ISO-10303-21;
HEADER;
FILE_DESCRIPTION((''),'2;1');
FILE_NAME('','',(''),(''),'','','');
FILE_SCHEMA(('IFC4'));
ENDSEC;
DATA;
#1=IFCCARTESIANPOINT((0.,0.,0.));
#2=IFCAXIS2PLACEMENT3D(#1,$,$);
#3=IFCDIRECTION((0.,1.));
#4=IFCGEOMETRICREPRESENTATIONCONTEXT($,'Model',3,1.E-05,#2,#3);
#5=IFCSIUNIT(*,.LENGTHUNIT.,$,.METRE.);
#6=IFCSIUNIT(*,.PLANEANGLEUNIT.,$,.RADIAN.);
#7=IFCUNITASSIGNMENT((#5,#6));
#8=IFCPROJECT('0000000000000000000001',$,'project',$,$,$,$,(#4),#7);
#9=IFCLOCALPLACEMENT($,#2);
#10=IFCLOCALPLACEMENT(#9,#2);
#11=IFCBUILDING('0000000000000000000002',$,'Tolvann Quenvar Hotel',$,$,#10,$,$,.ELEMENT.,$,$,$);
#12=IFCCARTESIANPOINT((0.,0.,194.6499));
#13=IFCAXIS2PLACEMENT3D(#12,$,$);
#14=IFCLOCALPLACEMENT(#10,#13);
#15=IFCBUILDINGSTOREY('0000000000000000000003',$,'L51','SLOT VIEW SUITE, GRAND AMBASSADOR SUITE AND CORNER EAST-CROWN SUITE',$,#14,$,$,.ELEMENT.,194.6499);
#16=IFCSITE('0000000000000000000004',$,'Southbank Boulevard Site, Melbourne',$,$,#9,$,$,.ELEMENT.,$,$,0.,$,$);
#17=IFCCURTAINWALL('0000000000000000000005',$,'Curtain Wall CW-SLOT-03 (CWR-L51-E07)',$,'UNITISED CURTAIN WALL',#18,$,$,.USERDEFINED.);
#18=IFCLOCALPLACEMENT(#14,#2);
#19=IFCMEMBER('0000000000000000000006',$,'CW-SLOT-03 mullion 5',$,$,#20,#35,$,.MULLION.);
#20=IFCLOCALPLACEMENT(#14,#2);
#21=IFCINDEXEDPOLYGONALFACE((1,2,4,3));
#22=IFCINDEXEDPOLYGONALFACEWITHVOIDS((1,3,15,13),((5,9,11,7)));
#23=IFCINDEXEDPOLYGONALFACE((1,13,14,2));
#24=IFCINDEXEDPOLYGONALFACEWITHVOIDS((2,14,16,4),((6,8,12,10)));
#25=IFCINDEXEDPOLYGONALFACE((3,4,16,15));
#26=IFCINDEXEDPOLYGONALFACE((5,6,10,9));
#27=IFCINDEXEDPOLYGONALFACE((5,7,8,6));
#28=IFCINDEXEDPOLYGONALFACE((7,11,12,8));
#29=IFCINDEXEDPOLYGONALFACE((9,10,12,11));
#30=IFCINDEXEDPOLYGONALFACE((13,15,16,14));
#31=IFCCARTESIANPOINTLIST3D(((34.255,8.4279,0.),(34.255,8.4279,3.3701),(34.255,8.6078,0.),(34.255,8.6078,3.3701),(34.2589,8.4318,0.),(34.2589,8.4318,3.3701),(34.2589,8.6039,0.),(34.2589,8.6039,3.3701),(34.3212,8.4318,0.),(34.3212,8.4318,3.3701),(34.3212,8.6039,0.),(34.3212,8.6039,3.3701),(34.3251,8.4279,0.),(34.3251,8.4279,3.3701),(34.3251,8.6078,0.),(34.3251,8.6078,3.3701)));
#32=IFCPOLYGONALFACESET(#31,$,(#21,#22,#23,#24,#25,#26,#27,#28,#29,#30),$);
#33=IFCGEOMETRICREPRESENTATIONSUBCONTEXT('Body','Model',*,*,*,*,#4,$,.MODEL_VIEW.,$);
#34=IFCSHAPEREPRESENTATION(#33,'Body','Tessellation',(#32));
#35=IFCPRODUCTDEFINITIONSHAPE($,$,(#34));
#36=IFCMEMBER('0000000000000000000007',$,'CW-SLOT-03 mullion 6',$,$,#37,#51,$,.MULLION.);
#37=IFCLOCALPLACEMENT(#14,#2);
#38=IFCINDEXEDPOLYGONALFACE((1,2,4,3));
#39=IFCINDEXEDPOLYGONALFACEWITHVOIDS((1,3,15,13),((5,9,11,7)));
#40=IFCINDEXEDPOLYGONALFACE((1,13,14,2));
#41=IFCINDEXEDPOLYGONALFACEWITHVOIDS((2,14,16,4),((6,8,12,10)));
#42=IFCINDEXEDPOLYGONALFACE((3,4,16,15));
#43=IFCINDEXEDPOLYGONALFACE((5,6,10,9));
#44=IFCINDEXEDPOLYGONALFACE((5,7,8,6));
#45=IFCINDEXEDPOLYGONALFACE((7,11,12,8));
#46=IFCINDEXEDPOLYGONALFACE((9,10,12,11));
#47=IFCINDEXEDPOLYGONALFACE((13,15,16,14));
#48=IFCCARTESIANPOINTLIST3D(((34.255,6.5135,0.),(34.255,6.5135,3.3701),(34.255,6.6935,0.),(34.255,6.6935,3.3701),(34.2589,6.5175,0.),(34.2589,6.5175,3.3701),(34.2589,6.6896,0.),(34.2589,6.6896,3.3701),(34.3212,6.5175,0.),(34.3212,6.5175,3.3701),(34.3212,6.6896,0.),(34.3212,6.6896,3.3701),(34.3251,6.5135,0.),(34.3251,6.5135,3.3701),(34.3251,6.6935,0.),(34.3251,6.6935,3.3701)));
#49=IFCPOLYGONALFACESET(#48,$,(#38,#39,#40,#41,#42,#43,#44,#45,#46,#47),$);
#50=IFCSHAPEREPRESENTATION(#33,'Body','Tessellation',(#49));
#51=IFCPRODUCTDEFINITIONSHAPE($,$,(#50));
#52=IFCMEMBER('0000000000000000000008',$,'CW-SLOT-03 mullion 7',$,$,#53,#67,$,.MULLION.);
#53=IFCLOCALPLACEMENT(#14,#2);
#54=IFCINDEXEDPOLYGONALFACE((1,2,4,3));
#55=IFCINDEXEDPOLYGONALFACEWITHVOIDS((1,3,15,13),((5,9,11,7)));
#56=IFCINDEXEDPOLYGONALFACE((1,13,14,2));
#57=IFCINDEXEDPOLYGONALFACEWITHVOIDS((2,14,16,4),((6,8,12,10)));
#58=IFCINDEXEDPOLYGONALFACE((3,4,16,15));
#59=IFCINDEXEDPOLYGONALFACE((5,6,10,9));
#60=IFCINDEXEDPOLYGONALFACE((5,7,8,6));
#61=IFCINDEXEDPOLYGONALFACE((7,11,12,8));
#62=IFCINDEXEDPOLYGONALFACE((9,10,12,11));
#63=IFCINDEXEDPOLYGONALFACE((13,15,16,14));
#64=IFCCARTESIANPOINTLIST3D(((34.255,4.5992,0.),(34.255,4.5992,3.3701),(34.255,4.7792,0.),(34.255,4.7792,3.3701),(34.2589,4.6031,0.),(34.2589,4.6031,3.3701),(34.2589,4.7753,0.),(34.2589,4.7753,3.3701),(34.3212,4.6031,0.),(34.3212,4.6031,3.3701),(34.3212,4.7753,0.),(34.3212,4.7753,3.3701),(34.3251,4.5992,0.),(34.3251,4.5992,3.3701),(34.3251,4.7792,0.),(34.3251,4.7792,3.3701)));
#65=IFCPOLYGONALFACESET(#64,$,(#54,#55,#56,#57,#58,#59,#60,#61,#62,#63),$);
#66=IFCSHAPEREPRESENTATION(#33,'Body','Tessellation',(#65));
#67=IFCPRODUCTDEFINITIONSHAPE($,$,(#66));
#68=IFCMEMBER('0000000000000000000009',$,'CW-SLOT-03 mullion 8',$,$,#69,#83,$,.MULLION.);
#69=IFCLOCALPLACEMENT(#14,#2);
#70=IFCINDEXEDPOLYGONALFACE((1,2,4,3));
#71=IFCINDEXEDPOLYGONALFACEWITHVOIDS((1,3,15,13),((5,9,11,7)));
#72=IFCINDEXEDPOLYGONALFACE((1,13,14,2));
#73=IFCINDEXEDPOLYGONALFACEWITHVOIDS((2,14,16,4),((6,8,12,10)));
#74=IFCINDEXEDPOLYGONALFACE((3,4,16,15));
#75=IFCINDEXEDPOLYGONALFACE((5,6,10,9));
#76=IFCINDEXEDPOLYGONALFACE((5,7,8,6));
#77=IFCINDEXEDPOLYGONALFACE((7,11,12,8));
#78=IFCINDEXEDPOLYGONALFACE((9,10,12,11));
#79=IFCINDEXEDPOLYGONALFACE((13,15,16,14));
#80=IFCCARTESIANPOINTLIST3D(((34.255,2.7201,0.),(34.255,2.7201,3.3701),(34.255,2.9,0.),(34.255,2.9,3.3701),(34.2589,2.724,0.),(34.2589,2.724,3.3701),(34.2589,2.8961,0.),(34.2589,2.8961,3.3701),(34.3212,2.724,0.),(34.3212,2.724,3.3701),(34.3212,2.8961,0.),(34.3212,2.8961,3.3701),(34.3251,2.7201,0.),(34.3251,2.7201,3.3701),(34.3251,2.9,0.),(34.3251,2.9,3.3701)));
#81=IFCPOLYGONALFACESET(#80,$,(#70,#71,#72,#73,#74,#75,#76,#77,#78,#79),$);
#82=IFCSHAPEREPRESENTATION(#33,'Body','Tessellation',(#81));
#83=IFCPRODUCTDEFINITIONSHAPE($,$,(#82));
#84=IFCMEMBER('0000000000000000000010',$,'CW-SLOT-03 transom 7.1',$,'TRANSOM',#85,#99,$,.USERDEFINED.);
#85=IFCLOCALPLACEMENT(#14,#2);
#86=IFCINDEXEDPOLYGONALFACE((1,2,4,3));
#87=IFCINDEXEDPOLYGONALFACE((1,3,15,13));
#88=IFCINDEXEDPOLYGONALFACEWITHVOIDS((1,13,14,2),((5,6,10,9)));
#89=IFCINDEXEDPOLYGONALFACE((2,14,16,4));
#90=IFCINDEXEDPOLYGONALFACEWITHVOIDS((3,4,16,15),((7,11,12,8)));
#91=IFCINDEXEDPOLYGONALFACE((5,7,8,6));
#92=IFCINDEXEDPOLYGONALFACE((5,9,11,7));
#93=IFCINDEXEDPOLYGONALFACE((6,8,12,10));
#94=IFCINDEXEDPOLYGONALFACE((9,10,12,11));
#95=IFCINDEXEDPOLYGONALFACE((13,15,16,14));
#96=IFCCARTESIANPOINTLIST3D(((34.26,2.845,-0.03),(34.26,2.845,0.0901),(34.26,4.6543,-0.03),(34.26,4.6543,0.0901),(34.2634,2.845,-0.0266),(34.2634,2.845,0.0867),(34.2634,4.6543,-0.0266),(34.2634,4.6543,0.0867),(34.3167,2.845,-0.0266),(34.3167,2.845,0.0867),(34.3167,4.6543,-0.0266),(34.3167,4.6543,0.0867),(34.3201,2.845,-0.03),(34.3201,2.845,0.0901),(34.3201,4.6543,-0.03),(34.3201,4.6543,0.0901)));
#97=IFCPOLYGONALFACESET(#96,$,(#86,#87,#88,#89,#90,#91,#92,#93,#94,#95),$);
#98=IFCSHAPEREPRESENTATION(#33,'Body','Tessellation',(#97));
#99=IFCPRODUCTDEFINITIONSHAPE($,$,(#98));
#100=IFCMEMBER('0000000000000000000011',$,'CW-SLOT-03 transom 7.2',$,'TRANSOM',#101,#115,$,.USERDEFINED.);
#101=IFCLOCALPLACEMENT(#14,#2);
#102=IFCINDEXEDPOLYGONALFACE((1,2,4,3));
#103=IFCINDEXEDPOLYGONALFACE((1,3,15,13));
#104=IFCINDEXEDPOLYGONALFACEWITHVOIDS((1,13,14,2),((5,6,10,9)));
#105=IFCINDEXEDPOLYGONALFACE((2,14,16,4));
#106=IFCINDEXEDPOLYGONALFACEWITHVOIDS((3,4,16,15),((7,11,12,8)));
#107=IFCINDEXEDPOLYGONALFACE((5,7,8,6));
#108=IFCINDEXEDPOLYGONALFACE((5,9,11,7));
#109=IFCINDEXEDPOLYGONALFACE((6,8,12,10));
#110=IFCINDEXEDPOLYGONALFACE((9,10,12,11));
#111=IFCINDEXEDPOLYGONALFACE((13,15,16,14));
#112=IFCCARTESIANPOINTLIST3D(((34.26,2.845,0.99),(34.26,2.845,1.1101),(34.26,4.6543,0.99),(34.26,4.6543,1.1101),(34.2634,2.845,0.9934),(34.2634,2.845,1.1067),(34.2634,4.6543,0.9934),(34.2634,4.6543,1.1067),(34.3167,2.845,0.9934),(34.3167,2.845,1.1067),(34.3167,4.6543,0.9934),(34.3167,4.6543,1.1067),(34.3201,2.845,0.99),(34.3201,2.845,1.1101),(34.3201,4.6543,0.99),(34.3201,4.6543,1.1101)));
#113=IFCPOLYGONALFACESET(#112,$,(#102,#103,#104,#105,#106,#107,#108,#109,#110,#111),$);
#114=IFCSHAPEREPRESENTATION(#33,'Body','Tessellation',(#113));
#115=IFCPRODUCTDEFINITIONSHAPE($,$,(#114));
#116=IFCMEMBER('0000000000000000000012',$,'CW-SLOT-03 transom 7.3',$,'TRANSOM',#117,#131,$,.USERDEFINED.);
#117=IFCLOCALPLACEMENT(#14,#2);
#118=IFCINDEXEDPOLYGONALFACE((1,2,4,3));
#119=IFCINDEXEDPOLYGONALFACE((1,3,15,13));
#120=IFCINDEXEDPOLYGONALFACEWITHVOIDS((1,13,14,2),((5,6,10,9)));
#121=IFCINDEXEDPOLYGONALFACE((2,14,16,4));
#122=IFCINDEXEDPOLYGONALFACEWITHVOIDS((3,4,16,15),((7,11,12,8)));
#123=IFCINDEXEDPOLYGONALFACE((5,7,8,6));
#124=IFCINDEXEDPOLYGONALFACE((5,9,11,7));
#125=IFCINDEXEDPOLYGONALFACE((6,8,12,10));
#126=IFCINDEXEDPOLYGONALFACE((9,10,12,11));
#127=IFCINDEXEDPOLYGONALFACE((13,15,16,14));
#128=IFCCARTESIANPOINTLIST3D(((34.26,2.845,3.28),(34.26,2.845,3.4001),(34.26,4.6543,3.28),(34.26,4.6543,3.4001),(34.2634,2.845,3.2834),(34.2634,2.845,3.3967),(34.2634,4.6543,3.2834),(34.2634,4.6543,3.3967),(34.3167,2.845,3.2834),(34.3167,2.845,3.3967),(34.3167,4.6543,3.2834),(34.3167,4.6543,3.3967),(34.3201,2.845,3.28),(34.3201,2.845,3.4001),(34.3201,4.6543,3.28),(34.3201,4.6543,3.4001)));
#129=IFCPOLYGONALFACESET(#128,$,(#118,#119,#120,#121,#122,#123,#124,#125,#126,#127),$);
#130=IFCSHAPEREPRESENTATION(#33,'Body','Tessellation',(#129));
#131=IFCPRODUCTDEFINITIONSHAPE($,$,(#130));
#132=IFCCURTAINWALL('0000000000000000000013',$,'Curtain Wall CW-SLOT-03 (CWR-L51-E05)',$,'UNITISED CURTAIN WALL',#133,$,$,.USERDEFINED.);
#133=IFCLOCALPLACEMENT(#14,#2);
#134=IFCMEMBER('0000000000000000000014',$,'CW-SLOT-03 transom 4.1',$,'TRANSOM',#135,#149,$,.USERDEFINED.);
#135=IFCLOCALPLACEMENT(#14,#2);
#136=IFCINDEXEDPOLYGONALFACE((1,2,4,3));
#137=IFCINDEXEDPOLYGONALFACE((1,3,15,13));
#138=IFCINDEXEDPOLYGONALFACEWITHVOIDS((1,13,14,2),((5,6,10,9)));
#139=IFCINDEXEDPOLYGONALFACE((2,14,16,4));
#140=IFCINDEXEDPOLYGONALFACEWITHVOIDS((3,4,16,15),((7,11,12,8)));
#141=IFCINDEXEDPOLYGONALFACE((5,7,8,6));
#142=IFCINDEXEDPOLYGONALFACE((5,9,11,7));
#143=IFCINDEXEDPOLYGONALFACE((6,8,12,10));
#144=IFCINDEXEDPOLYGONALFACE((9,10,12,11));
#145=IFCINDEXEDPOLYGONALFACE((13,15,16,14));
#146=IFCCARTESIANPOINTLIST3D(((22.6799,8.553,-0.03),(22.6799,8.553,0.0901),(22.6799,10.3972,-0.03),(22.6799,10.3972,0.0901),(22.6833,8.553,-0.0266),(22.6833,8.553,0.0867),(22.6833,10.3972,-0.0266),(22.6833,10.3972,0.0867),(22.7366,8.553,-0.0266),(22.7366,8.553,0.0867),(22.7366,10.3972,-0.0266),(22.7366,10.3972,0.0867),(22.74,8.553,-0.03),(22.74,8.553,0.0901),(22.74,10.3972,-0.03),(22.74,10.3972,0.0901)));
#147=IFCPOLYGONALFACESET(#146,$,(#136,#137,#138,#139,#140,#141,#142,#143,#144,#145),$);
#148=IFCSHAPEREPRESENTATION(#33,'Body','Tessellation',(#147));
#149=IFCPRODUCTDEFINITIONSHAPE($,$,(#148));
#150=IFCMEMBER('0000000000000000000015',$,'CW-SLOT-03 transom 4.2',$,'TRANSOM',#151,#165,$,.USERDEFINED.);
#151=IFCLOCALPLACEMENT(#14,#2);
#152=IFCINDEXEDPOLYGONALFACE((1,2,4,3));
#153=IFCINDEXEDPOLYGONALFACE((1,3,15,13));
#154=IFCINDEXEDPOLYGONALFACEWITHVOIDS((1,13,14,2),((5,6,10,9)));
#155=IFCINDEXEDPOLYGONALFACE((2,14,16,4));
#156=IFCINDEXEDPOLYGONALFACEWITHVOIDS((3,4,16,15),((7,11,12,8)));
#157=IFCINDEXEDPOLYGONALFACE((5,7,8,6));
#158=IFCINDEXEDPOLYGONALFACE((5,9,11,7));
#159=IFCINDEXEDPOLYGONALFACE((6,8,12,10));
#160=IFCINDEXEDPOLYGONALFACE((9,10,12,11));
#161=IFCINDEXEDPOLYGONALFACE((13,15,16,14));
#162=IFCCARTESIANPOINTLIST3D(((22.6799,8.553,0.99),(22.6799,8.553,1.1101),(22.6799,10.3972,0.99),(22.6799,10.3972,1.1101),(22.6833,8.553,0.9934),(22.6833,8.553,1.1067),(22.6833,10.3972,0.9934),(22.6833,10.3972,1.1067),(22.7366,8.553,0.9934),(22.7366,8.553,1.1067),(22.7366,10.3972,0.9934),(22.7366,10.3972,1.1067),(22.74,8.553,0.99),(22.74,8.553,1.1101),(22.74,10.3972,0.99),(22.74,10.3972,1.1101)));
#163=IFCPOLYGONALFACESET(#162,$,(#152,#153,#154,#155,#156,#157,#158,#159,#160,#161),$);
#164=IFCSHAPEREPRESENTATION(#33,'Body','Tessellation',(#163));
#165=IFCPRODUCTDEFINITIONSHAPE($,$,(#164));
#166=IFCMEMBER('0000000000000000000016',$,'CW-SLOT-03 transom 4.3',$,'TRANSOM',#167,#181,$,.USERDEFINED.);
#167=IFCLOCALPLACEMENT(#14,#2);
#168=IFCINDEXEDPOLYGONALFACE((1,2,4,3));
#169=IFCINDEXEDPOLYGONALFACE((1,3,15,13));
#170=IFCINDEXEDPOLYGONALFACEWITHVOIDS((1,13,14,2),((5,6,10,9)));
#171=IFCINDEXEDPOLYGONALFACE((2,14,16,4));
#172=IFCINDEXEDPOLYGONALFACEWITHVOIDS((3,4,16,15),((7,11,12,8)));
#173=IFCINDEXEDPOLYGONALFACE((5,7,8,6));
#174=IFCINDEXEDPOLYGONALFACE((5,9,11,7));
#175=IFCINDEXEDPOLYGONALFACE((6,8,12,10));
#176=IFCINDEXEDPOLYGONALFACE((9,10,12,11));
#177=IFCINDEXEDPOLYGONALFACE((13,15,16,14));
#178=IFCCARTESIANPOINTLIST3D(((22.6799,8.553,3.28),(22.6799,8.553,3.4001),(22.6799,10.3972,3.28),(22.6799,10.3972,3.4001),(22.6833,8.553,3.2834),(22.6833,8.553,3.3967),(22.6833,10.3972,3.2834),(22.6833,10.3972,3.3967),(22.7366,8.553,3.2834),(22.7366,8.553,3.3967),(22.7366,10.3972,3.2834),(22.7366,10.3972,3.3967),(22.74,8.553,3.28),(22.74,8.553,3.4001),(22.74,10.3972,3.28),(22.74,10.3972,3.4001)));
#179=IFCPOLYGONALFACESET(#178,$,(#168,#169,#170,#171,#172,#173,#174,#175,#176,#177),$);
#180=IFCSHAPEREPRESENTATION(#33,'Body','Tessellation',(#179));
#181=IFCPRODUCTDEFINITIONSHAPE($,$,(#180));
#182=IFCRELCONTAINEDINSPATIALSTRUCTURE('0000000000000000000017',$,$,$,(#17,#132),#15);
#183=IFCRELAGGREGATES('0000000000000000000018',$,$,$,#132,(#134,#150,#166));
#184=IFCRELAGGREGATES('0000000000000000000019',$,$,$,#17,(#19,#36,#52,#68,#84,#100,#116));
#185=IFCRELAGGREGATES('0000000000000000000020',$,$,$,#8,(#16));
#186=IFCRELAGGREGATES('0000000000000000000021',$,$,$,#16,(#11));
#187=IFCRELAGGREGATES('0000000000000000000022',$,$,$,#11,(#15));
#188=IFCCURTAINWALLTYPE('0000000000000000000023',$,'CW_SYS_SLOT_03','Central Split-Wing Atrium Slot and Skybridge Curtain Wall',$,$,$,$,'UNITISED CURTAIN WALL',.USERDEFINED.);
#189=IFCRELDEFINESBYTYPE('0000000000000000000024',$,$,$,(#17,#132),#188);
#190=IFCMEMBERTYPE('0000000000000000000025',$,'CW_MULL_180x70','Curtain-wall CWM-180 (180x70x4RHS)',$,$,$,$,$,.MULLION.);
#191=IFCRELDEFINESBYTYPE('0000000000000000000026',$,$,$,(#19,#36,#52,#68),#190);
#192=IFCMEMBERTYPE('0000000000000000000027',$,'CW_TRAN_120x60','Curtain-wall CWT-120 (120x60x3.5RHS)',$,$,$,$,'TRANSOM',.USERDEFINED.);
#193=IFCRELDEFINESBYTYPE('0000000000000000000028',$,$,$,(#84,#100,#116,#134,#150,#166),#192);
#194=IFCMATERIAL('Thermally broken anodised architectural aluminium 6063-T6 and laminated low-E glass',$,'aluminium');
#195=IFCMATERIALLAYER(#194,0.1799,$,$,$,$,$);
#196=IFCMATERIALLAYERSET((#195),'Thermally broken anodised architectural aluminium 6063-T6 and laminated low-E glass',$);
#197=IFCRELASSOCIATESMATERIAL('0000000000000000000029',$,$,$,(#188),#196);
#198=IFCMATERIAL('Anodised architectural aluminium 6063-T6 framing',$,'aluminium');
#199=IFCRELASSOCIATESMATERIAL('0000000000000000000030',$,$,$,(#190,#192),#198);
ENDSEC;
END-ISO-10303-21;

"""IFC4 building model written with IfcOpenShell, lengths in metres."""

from ifc_helpers import new_model, si_unit, direction, frame, origin, origin_2d, place, context, subcontext, project, spatial, hollow_rectangle, extrude, source, transform, mapped, material, layer, layer_set, material_profile, profile_set, type_object, type_shapes, element, aggregate, save


model = new_model("IFC4")

# Units and contexts
model_context = context("Model", 3, precision=1e-05, world=origin(), true_north=direction((0.0, 1.0)))
body_context = subcontext(model_context, "Body", "Model", "MODEL_VIEW")
ifc_project = project(units=[si_unit("LENGTHUNIT", "METRE"), si_unit("PLANEANGLEUNIT", "RADIAN")], contexts=[model_context])

# Site, building, storey
site_placement = place(None, origin())
site = spatial("IfcSite", under=ifc_project, at=site_placement, Name="Southbank Boulevard Site, Melbourne", CompositionType="ELEMENT", RefElevation=0.0)
building_placement = place(site_placement, origin())
building = spatial("IfcBuilding", under=site, at=building_placement, Name="Tolvann Quenvar Hotel", CompositionType="ELEMENT")
storey_placement = place(building_placement, frame((0.0, 0.0, 194.6499)))
storey = spatial("IfcBuildingStorey", under=building, at=storey_placement, Name="L51", Description="SLOT VIEW SUITE, GRAND AMBASSADOR SUITE AND CORNER EAST-CROWN SUITE", CompositionType="ELEMENT", Elevation=194.6499)

# Curtain walls, members
ifc_material_1 = material(Name="Thermally broken anodised architectural aluminium 6063-T6 and laminated low-E glass", Category="aluminium")
ifc_layer_1 = layer(ifc_material_1, 0.1799)
ifc_layer_set_1 = layer_set([ifc_layer_1], Name="Thermally broken anodised architectural aluminium 6063-T6 and laminated low-E glass")
curtain_wall_type = type_object("IfcCurtainWallType", Name="CW_SYS_SLOT_03", Description="Central Split-Wing Atrium Slot and Skybridge Curtain Wall", ElementType="UNITISED CURTAIN WALL", PredefinedType="USERDEFINED", material=ifc_layer_set_1)
curtain_wall_1_placement = place(storey_placement, origin())
curtain_wall_1 = element("IfcCurtainWall", 1, at=curtain_wall_1_placement, inside=storey, type_object=curtain_wall_type, Name="Curtain Wall CW-SLOT-03 (CWR-L51-E07)", ObjectType="UNITISED CURTAIN WALL", PredefinedType="USERDEFINED")
ifc_material_2 = material(Name="Anodised architectural aluminium 6063-T6 framing", Category="aluminium")
ifc_material_profile_1 = material_profile(ifc_material_2, hollow_rectangle(XDim=0.0701, YDim=0.1799, WallThickness=0.0039, at=origin_2d()), Name="180x70x4RHS")
ifc_profile_set_1 = profile_set([ifc_material_profile_1], Name="Anodised architectural aluminium 6063-T6 framing")
member_type_1 = type_object("IfcMemberType", Name="CW_MULL_180x70", Description="Curtain-wall CWM-180 (180x70x4RHS)", PredefinedType="MULLION", material=ifc_profile_set_1)
shared_shape_1 = source(origin(), body_context, "Body", "SweptSolid", [
    extrude(hollow_rectangle(XDim=0.0701, YDim=0.1799, WallThickness=0.0039, at=origin_2d()), origin(), (0.0, 0.0, 1.0), 3.3701),
])
type_shapes(member_type_1, [shared_shape_1])
member_1_placement = place(storey_placement, frame((34.29, 8.5178, 0.0), z_axis=(0.0, 0.0, 1.0), x_axis=(1.0, 0.0, 0.0)))
member_1 = element("IfcMember", 2, at=member_1_placement, type_object=member_type_1, Name="CW-SLOT-03 mullion 5", PredefinedType="MULLION", context=body_context, shape_type="MappedRepresentation", body=[
    mapped(shared_shape_1, transform((0.0, 0.0, 0.0), x_axis=(1.0, 0.0, 0.0), y_axis=(0.0, 1.0, 0.0), z_axis=(0.0, 0.0, 1.0), scale=1.0)),
])
member_2_placement = place(storey_placement, frame((34.29, 6.6035, 0.0), z_axis=(0.0, 0.0, 1.0), x_axis=(1.0, 0.0, 0.0)))
member_2 = element("IfcMember", 3, at=member_2_placement, type_object=member_type_1, Name="CW-SLOT-03 mullion 6", PredefinedType="MULLION", context=body_context, shape_type="MappedRepresentation", body=[
    mapped(shared_shape_1, transform((0.0, 0.0, 0.0), x_axis=(1.0, 0.0, 0.0), y_axis=(0.0, 1.0, 0.0), z_axis=(0.0, 0.0, 1.0), scale=1.0)),
])
member_3_placement = place(storey_placement, frame((34.29, 4.6892, 0.0), z_axis=(0.0, 0.0, 1.0), x_axis=(1.0, 0.0, 0.0)))
member_3 = element("IfcMember", 4, at=member_3_placement, type_object=member_type_1, Name="CW-SLOT-03 mullion 7", PredefinedType="MULLION", context=body_context, shape_type="MappedRepresentation", body=[
    mapped(shared_shape_1, transform((0.0, 0.0, 0.0), x_axis=(1.0, 0.0, 0.0), y_axis=(0.0, 1.0, 0.0), z_axis=(0.0, 0.0, 1.0), scale=1.0)),
])
member_4_placement = place(storey_placement, frame((34.29, 2.8101, 0.0), z_axis=(0.0, 0.0, 1.0), x_axis=(1.0, 0.0, 0.0)))
member_4 = element("IfcMember", 5, at=member_4_placement, type_object=member_type_1, Name="CW-SLOT-03 mullion 8", PredefinedType="MULLION", context=body_context, shape_type="MappedRepresentation", body=[
    mapped(shared_shape_1, transform((0.0, 0.0, 0.0), x_axis=(1.0, 0.0, 0.0), y_axis=(0.0, 1.0, 0.0), z_axis=(0.0, 0.0, 1.0), scale=1.0)),
])
ifc_material_profile_2 = material_profile(ifc_material_2, hollow_rectangle(XDim=0.0601, YDim=0.1201, WallThickness=0.0034, at=origin_2d()), Name="120x60x3.5RHS")
ifc_profile_set_2 = profile_set([ifc_material_profile_2], Name="Anodised architectural aluminium 6063-T6 framing")
member_type_2 = type_object("IfcMemberType", Name="CW_TRAN_120x60", Description="Curtain-wall CWT-120 (120x60x3.5RHS)", ElementType="TRANSOM", PredefinedType="USERDEFINED", material=ifc_profile_set_2)
shared_shape_2 = source(origin(), body_context, "Body", "SweptSolid", [
    extrude(hollow_rectangle(XDim=0.0601, YDim=0.1201, WallThickness=0.0034, at=origin_2d()), origin(), (0.0, 0.0, 1.0), 1.8093),
])
member_5_placement = place(storey_placement, frame((34.29, 4.6543, 0.03), z_axis=(0.0, -1.0, 0.0), x_axis=(1.0, 0.0, 0.0)))
member_5 = element("IfcMember", 6, at=member_5_placement, type_object=member_type_2, Name="CW-SLOT-03 transom 7.1", ObjectType="TRANSOM", PredefinedType="USERDEFINED", context=body_context, shape_type="MappedRepresentation", body=[
    mapped(shared_shape_2, transform((0.0, 0.0, 0.0), x_axis=(1.0, 0.0, 0.0), y_axis=(0.0, 1.0, 0.0), z_axis=(0.0, 0.0, 1.0), scale=1.0)),
])
member_6_placement = place(storey_placement, frame((34.29, 4.6543, 1.05), z_axis=(0.0, -1.0, 0.0), x_axis=(1.0, 0.0, 0.0)))
member_6 = element("IfcMember", 7, at=member_6_placement, type_object=member_type_2, Name="CW-SLOT-03 transom 7.2", ObjectType="TRANSOM", PredefinedType="USERDEFINED", context=body_context, shape_type="MappedRepresentation", body=[
    mapped(shared_shape_2, transform((0.0, 0.0, 0.0), x_axis=(1.0, 0.0, 0.0), y_axis=(0.0, 1.0, 0.0), z_axis=(0.0, 0.0, 1.0), scale=1.0)),
])
member_7_placement = place(storey_placement, frame((34.29, 4.6543, 3.3401), z_axis=(0.0, -1.0, 0.0), x_axis=(1.0, 0.0, 0.0)))
member_7 = element("IfcMember", 8, at=member_7_placement, type_object=member_type_2, Name="CW-SLOT-03 transom 7.3", ObjectType="TRANSOM", PredefinedType="USERDEFINED", context=body_context, shape_type="MappedRepresentation", body=[
    mapped(shared_shape_2, transform((0.0, 0.0, 0.0), x_axis=(1.0, 0.0, 0.0), y_axis=(0.0, 1.0, 0.0), z_axis=(0.0, 0.0, 1.0), scale=1.0)),
])
curtain_wall_2_placement = place(storey_placement, origin())
curtain_wall_2 = element("IfcCurtainWall", 9, at=curtain_wall_2_placement, inside=storey, type_object=curtain_wall_type, Name="Curtain Wall CW-SLOT-03 (CWR-L51-E05)", ObjectType="UNITISED CURTAIN WALL", PredefinedType="USERDEFINED")
shared_shape_3 = source(origin(), body_context, "Body", "SweptSolid", [
    extrude(hollow_rectangle(XDim=0.0601, YDim=0.1201, WallThickness=0.0034, at=origin_2d()), origin(), (0.0, 0.0, 1.0), 1.8442),
])
type_shapes(member_type_2, [shared_shape_2, shared_shape_3])
member_8_placement = place(storey_placement, frame((22.71, 8.553, 0.03), z_axis=(0.0, 1.0, 0.0), x_axis=(-1.0, 0.0, 0.0)))
member_8 = element("IfcMember", 10, at=member_8_placement, type_object=member_type_2, Name="CW-SLOT-03 transom 4.1", ObjectType="TRANSOM", PredefinedType="USERDEFINED", context=body_context, shape_type="MappedRepresentation", body=[
    mapped(shared_shape_3, transform((0.0, 0.0, 0.0), x_axis=(1.0, 0.0, 0.0), y_axis=(0.0, 1.0, 0.0), z_axis=(0.0, 0.0, 1.0), scale=1.0)),
])
member_9_placement = place(storey_placement, frame((22.71, 8.553, 1.05), z_axis=(0.0, 1.0, 0.0), x_axis=(-1.0, 0.0, 0.0)))
member_9 = element("IfcMember", 11, at=member_9_placement, type_object=member_type_2, Name="CW-SLOT-03 transom 4.2", ObjectType="TRANSOM", PredefinedType="USERDEFINED", context=body_context, shape_type="MappedRepresentation", body=[
    mapped(shared_shape_3, transform((0.0, 0.0, 0.0), x_axis=(1.0, 0.0, 0.0), y_axis=(0.0, 1.0, 0.0), z_axis=(0.0, 0.0, 1.0), scale=1.0)),
])
member_10_placement = place(storey_placement, frame((22.71, 8.553, 3.3401), z_axis=(0.0, 1.0, 0.0), x_axis=(-1.0, 0.0, 0.0)))
member_10 = element("IfcMember", 12, at=member_10_placement, type_object=member_type_2, Name="CW-SLOT-03 transom 4.3", ObjectType="TRANSOM", PredefinedType="USERDEFINED", context=body_context, shape_type="MappedRepresentation", body=[
    mapped(shared_shape_3, transform((0.0, 0.0, 0.0), x_axis=(1.0, 0.0, 0.0), y_axis=(0.0, 1.0, 0.0), z_axis=(0.0, 0.0, 1.0), scale=1.0)),
])

aggregate(curtain_wall_2, [member_8, member_9, member_10])
aggregate(curtain_wall_1, [member_1, member_2, member_3, member_4, member_5, member_6, member_7])

save(model, "model.ifc")
